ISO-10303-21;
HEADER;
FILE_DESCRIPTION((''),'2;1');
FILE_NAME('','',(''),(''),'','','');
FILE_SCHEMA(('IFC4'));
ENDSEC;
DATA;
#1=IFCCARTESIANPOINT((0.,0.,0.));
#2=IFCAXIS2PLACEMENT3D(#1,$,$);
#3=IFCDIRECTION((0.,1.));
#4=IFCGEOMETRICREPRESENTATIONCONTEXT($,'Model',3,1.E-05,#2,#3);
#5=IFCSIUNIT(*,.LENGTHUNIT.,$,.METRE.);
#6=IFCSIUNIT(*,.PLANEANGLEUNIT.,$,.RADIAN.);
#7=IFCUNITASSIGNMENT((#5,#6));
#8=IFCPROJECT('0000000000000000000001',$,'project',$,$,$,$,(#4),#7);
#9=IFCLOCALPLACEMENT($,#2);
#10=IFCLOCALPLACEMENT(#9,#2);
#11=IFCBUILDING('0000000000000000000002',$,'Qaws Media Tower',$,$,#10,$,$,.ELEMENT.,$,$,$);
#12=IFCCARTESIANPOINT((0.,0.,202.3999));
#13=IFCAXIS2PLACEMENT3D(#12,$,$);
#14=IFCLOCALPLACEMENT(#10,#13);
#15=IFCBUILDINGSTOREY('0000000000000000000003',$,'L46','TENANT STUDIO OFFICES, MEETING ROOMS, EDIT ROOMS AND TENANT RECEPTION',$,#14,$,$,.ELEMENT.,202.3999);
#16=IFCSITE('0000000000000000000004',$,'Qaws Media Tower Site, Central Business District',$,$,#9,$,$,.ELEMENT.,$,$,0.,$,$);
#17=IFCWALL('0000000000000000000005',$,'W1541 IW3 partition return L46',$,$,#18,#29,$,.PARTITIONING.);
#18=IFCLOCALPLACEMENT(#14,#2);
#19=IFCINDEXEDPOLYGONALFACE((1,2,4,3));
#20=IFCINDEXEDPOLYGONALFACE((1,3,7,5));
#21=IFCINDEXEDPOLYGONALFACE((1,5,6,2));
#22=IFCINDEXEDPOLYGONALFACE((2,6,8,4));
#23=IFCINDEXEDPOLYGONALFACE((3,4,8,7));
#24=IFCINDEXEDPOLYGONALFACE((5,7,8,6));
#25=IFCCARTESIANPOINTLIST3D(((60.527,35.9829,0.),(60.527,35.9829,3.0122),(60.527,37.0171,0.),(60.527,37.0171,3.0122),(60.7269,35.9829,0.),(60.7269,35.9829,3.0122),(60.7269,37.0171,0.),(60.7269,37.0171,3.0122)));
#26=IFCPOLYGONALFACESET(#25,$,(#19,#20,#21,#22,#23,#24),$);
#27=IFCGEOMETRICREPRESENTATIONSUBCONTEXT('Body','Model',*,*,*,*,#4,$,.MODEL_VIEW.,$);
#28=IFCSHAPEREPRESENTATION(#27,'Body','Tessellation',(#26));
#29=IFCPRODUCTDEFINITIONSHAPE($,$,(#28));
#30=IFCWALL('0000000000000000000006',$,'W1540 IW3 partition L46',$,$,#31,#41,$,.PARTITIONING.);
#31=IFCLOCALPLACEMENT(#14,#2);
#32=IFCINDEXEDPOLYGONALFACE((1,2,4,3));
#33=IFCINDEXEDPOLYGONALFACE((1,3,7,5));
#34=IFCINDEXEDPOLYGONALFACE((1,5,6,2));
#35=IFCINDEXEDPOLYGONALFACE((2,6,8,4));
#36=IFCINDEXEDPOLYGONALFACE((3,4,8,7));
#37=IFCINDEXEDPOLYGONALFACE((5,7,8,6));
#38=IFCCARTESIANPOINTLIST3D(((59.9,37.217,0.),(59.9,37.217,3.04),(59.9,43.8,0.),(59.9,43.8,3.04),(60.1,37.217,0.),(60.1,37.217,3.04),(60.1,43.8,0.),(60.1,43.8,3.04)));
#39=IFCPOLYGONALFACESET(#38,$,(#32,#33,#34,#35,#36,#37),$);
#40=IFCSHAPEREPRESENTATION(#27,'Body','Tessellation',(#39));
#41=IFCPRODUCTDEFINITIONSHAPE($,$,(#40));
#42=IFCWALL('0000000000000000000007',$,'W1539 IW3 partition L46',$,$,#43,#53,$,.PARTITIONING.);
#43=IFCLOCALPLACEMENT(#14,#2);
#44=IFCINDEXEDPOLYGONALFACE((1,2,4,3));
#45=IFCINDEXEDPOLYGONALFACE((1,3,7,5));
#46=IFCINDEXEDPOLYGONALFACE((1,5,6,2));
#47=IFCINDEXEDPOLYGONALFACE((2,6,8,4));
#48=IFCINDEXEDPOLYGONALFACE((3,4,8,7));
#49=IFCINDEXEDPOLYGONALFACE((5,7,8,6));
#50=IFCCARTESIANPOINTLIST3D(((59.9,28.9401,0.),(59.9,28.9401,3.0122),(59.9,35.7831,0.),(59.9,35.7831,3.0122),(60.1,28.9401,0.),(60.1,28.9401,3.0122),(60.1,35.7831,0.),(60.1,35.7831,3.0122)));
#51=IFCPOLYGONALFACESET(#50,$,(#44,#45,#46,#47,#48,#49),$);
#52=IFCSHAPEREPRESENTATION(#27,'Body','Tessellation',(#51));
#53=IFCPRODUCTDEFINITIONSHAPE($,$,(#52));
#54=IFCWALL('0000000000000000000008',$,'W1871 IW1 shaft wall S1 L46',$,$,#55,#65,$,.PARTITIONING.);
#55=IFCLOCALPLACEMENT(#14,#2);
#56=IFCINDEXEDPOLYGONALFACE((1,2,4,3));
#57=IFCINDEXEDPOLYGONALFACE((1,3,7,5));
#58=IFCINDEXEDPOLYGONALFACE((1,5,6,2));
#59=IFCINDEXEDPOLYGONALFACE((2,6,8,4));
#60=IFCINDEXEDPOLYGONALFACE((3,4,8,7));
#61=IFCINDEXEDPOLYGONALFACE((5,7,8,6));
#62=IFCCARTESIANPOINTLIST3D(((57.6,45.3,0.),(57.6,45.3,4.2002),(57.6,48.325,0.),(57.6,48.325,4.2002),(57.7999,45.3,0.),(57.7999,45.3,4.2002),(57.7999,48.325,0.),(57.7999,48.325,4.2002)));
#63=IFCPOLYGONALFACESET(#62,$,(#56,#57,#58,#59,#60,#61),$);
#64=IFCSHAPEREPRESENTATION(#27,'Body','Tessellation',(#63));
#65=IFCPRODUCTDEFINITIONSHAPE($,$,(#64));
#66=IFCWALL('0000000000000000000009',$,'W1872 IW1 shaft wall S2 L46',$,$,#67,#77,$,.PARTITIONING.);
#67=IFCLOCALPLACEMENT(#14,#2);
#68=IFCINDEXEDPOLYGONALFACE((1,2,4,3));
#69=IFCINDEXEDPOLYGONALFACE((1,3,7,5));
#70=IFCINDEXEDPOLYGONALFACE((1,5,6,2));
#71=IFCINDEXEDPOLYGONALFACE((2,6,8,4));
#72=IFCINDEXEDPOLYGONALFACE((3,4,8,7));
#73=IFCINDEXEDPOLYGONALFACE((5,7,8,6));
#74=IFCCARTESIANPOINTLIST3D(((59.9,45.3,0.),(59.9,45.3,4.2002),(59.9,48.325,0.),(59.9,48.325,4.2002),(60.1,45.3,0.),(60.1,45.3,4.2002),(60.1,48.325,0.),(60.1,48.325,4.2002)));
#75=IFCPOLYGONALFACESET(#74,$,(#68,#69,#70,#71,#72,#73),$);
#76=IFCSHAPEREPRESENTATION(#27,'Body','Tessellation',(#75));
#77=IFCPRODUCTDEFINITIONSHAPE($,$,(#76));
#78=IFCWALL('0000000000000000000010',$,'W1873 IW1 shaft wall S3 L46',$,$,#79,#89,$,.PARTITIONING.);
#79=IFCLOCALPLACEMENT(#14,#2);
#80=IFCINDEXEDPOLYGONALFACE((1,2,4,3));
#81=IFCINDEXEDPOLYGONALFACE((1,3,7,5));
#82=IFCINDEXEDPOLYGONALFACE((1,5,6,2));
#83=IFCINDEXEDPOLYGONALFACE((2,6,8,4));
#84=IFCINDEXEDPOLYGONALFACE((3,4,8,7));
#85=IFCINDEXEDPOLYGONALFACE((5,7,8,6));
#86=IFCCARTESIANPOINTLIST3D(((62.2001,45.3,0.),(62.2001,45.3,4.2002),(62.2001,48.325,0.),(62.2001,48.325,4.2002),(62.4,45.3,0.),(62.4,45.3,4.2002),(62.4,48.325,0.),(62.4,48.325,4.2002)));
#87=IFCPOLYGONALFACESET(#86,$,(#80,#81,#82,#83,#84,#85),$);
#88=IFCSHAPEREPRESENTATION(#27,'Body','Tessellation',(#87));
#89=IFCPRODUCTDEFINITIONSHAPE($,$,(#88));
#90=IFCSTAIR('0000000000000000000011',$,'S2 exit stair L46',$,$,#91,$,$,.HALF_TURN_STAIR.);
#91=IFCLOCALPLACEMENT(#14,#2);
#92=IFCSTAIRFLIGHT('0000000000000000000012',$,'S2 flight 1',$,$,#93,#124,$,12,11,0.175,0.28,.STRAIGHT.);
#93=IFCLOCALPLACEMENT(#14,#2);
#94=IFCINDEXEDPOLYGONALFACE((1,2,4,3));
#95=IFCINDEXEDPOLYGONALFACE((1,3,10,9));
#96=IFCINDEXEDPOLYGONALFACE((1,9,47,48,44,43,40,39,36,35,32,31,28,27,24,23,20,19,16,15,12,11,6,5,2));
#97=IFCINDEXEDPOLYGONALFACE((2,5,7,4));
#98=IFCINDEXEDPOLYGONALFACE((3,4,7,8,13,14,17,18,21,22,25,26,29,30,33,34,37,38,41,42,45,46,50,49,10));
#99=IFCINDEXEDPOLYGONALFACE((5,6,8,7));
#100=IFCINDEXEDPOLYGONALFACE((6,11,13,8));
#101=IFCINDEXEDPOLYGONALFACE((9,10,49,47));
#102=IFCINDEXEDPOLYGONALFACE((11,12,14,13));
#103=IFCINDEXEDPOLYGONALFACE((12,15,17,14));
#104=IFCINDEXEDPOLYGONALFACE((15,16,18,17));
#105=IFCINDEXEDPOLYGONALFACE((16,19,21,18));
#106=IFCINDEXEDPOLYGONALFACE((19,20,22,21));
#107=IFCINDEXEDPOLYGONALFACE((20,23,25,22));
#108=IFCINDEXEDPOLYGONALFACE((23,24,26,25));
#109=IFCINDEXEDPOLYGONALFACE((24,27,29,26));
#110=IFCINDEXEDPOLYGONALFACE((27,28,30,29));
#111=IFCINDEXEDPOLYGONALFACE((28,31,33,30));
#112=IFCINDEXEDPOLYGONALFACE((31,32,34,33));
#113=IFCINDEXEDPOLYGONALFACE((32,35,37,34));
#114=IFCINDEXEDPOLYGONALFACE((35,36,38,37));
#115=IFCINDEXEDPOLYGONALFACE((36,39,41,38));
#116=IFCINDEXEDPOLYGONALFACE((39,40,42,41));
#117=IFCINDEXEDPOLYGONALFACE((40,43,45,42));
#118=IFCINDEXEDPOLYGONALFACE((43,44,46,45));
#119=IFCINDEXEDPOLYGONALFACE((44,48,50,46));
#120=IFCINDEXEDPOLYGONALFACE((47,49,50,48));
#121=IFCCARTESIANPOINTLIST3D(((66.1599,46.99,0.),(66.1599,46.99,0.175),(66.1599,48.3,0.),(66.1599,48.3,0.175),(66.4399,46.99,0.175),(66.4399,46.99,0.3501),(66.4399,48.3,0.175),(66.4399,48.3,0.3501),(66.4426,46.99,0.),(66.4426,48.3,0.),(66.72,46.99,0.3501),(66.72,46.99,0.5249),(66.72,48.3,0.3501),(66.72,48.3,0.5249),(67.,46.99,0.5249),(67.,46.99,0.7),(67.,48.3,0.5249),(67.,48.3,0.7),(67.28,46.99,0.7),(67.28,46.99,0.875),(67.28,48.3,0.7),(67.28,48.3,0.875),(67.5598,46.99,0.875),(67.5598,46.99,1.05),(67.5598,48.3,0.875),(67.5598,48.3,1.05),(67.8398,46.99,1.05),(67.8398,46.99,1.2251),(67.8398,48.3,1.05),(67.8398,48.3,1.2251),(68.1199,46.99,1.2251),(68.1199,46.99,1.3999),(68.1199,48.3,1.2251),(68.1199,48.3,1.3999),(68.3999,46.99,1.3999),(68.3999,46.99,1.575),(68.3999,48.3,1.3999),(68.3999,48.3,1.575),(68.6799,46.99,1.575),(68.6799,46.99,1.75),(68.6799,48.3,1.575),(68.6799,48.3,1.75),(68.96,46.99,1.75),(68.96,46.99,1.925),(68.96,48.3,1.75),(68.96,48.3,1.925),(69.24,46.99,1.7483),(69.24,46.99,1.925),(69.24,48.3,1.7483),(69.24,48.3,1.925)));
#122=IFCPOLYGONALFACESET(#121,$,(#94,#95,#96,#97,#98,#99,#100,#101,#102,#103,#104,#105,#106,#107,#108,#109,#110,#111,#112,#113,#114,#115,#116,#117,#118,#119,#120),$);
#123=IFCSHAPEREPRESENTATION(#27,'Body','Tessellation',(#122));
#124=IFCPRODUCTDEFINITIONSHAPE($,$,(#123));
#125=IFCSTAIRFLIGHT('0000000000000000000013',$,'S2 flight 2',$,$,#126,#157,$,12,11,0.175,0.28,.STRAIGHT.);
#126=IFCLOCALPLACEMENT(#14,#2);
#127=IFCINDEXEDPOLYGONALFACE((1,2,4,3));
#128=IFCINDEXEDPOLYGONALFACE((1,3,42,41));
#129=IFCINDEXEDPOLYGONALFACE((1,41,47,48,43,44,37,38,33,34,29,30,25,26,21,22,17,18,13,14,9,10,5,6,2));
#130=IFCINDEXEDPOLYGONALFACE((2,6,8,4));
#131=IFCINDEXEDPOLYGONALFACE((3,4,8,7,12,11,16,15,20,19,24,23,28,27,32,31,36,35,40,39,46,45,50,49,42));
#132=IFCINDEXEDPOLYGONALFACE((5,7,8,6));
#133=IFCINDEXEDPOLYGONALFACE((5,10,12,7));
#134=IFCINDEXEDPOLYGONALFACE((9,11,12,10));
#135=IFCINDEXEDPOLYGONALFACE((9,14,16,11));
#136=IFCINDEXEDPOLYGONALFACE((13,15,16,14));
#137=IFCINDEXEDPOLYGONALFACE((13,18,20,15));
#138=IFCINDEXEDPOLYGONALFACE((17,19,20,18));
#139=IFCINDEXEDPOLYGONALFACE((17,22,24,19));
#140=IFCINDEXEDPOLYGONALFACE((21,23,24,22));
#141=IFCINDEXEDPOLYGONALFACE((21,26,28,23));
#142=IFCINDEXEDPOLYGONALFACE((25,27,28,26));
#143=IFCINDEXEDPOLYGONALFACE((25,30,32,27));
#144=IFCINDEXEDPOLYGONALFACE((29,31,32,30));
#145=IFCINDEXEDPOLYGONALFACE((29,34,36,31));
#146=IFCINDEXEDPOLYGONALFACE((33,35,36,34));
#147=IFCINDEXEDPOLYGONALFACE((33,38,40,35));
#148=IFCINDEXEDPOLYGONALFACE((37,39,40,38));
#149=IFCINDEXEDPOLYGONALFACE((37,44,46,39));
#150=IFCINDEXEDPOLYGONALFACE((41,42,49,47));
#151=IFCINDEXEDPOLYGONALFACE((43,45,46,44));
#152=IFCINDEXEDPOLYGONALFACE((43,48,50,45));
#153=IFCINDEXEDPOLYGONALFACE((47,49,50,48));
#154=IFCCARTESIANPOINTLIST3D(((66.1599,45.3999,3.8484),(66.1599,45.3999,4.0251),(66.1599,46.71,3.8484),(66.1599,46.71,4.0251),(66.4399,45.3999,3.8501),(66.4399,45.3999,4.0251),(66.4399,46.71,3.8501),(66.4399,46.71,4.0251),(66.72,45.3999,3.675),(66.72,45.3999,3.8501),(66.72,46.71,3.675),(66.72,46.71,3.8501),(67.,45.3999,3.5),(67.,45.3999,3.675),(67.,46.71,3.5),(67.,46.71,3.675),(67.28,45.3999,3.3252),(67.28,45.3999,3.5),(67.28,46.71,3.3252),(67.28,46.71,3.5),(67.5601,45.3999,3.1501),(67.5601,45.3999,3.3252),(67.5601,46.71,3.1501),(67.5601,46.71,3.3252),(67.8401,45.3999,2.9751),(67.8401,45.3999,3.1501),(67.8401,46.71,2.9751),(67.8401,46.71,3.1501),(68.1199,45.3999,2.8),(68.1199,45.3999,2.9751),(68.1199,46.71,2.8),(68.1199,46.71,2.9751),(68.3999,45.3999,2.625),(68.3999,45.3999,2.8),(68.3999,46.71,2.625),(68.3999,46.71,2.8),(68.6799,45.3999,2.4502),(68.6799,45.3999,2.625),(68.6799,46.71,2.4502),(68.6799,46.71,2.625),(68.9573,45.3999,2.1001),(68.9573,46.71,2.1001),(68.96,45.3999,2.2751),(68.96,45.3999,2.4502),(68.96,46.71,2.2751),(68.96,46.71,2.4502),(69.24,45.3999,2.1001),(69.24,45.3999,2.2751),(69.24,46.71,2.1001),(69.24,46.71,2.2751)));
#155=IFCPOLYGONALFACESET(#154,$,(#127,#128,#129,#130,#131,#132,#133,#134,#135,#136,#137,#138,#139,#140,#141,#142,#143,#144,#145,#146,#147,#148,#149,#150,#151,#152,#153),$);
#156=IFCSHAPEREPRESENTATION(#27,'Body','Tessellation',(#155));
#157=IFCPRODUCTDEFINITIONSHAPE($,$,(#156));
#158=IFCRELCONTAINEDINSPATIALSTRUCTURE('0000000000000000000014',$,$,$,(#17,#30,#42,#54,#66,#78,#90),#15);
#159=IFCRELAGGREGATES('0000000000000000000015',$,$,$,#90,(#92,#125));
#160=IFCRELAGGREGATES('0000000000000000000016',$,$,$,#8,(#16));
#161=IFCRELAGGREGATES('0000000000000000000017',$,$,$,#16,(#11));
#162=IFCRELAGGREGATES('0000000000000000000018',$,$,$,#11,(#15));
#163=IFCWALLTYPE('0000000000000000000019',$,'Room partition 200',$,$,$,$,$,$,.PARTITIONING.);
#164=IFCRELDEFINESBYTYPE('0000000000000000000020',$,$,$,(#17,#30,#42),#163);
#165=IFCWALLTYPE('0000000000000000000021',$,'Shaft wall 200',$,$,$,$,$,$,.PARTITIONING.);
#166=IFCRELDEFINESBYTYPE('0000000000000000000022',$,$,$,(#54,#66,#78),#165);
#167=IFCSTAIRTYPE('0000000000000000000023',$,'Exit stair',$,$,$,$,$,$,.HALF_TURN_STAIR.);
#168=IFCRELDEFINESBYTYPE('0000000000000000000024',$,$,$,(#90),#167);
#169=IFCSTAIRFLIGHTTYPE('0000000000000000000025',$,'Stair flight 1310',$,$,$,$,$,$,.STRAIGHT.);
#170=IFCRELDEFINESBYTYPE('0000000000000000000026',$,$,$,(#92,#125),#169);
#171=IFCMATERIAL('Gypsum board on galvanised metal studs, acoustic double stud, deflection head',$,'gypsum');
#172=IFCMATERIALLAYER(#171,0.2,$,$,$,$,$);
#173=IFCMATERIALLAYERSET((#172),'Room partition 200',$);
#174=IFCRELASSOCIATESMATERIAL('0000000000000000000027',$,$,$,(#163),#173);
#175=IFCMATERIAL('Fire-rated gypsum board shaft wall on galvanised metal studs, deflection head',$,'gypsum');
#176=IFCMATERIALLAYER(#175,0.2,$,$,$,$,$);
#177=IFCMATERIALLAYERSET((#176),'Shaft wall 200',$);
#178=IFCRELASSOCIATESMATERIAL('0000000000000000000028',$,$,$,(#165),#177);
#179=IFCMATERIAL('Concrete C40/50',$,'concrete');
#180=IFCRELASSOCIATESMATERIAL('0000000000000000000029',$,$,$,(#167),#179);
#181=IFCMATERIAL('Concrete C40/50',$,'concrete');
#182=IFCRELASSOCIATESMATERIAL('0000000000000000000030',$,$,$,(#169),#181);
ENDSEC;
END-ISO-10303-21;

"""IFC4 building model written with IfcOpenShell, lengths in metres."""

from ifc_helpers import new_model, si_unit, direction, frame, frame_2d, origin, place, context, subcontext, project, spatial, polyline, rectangle, outline, extrude, material, layer, layer_set, type_object, element, aggregate, save


model = new_model("IFC4")

# Units and contexts
model_context = context("Model", 3, precision=1e-05, world=origin(), true_north=direction((0.0, 1.0)))
body_context = subcontext(model_context, "Body", "Model", "MODEL_VIEW")
ifc_project = project(units=[si_unit("LENGTHUNIT", "METRE"), si_unit("PLANEANGLEUNIT", "RADIAN")], contexts=[model_context])

# Site, building, storey
site_placement = place(None, origin())
site = spatial("IfcSite", under=ifc_project, at=site_placement, Name="Qaws Media Tower Site, Central Business District", CompositionType="ELEMENT", RefElevation=0.0)
building_placement = place(site_placement, origin())
building = spatial("IfcBuilding", under=site, at=building_placement, Name="Qaws Media Tower", CompositionType="ELEMENT")
storey_placement = place(building_placement, frame((0.0, 0.0, 202.3999)))
storey = spatial("IfcBuildingStorey", under=building, at=storey_placement, Name="L46", Description="TENANT STUDIO OFFICES, MEETING ROOMS, EDIT ROOMS AND TENANT RECEPTION", CompositionType="ELEMENT", Elevation=202.3999)

# Walls
ifc_material_1 = material(Name="Gypsum board on galvanised metal studs, acoustic double stud, deflection head", Category="gypsum")
ifc_layer_1 = layer(ifc_material_1, 0.2)
ifc_layer_set_1 = layer_set([ifc_layer_1], Name="Room partition 200")
wall_type_1 = type_object("IfcWallType", Name="Room partition 200", PredefinedType="PARTITIONING", material=ifc_layer_set_1)
wall_1_placement = place(storey_placement, frame((60.627, 37.0171, 0.0), z_axis=(0.0, 0.0, 1.0), x_axis=(0.0, -1.0, 0.0)))
element("IfcWall", 1, at=wall_1_placement, inside=storey, type_object=wall_type_1, Name="W1541 IW3 partition return L46", PredefinedType="PARTITIONING", context=body_context, shape_type="SweptSolid", body=[
    extrude(rectangle(XDim=1.0342, YDim=0.2, at=frame_2d((0.5171, 0.0))), origin(), (0.0, 0.0, 1.0), 3.0122),
])
wall_2_placement = place(storey_placement, frame((60.0, 43.8, 0.0), z_axis=(0.0, 0.0, 1.0), x_axis=(0.0, -1.0, 0.0)))
element("IfcWall", 2, at=wall_2_placement, inside=storey, type_object=wall_type_1, Name="W1540 IW3 partition L46", PredefinedType="PARTITIONING", context=body_context, shape_type="SweptSolid", body=[
    extrude(rectangle(XDim=6.583, YDim=0.2, at=frame_2d((3.2915, 0.0))), origin(), (0.0, 0.0, 1.0), 3.04),
])
wall_3_placement = place(storey_placement, frame((60.0, 35.783, 0.0), z_axis=(0.0, 0.0, 1.0), x_axis=(0.0, -1.0, 0.0)))
element("IfcWall", 3, at=wall_3_placement, inside=storey, type_object=wall_type_1, Name="W1539 IW3 partition L46", PredefinedType="PARTITIONING", context=body_context, shape_type="SweptSolid", body=[
    extrude(rectangle(XDim=6.843, YDim=0.2, at=frame_2d((3.4214, 0.0))), origin(), (0.0, 0.0, 1.0), 3.0122),
])
ifc_material_2 = material(Name="Fire-rated gypsum board shaft wall on galvanised metal studs, deflection head", Category="gypsum")
ifc_layer_2 = layer(ifc_material_2, 0.2)
ifc_layer_set_2 = layer_set([ifc_layer_2], Name="Shaft wall 200")
wall_type_2 = type_object("IfcWallType", Name="Shaft wall 200", PredefinedType="PARTITIONING", material=ifc_layer_set_2)
for number, where, z_axis, x_axis, name in (
    (4, (57.7, 45.3, 0.0), (0.0, 0.0, 1.0), (0.0, 1.0, 0.0), "W1871 IW1 shaft wall S1 L46"),
    (5, (60.0, 45.3, 0.0), (0.0, 0.0, 1.0), (0.0, 1.0, 0.0), "W1872 IW1 shaft wall S2 L46"),
    (6, (62.3, 45.3, 0.0), (0.0, 0.0, 1.0), (0.0, 1.0, 0.0), "W1873 IW1 shaft wall S3 L46"),
):
    element("IfcWall", number, at=place(storey_placement, frame(where, z_axis=z_axis, x_axis=x_axis)), inside=storey, type_object=wall_type_2, Name=name, PredefinedType="PARTITIONING", context=body_context, shape_type="SweptSolid", body=[
        extrude(rectangle(XDim=3.0249, YDim=0.2, at=frame_2d((1.5125, 0.0))), origin(), (0.0, 0.0, 1.0), 4.2002),
    ])

# Stair, stair flights
ifc_material_3 = material(Name="Concrete C40/50", Category="concrete")
stair_type = type_object("IfcStairType", Name="Exit stair", PredefinedType="HALF_TURN_STAIR", material=ifc_material_3)
stair_placement = place(storey_placement, origin())
stair = element("IfcStair", 7, at=stair_placement, inside=storey, type_object=stair_type, Name="S2 exit stair L46", PredefinedType="HALF_TURN_STAIR")
ifc_material_4 = material(Name="Concrete C40/50", Category="concrete")
stair_flight_type = type_object("IfcStairFlightType", Name="Stair flight 1310", PredefinedType="STRAIGHT", material=ifc_material_4)
stair_flight_1_placement = place(storey_placement, frame((66.1599, 47.645, 0.0), z_axis=(0.0, 0.0, 1.0), x_axis=(1.0, 0.0, 0.0)))
stair_flight_1 = element("IfcStairFlight", 8, at=stair_flight_1_placement, type_object=stair_flight_type, Name="S2 flight 1", NumberOfRisers=12, NumberOfTreads=11, PredefinedType="STRAIGHT", RiserHeight=0.175, TreadLength=0.28, context=body_context, shape_type="SweptSolid", body=[
    extrude(outline(polyline([(0.0, 0.0), (0.0, 0.175), (0.28, 0.175), (0.28, 0.3501), (0.5601, 0.3501), (0.5601, 0.5249), (0.8401, 0.5249), (0.8401, 0.7), (1.1201, 0.7), (1.1201, 0.875), (1.3999, 0.875), (1.3999, 1.05), (1.6799, 1.05), (1.6799, 1.2251), (1.96, 1.2251), (1.96, 1.3999), (2.24, 1.3999), (2.24, 1.575), (2.52, 1.575), (2.52, 1.75), (2.8, 1.75), (2.8, 1.925), (3.0801, 1.925), (3.0801, 2.1001), (3.0801, 1.7483), (0.2827, 0.0), (0.0, 0.0)])), frame((0.0, 0.655, 0.0), z_axis=(0.0, -1.0, 0.0), x_axis=(1.0, 0.0, 0.0)), (0.0, 0.0, 1.0), 1.3101),
])
stair_flight_2_placement = place(storey_placement, frame((69.24, 46.0549, 2.1001), z_axis=(0.0, 0.0, 1.0), x_axis=(-1.0, 0.0, 0.0)))
stair_flight_2 = element("IfcStairFlight", 9, at=stair_flight_2_placement, type_object=stair_flight_type, Name="S2 flight 2", NumberOfRisers=12, NumberOfTreads=11, PredefinedType="STRAIGHT", RiserHeight=0.175, TreadLength=0.28, context=body_context, shape_type="SweptSolid", body=[
    extrude(outline(polyline([(0.0, 0.0), (0.0, 0.175), (0.28, 0.175), (0.28, 0.3501), (0.5601, 0.3501), (0.5601, 0.5249), (0.8401, 0.5249), (0.8401, 0.7), (1.1201, 0.7), (1.1201, 0.875), (1.3999, 0.875), (1.3999, 1.05), (1.6799, 1.05), (1.6799, 1.2251), (1.96, 1.2251), (1.96, 1.3999), (2.24, 1.3999), (2.24, 1.575), (2.52, 1.575), (2.52, 1.75), (2.8, 1.75), (2.8, 1.925), (3.0801, 1.925), (3.0801, 2.1001), (3.0801, 1.7483), (0.2827, 0.0), (0.0, 0.0)])), frame((0.0, 0.655, 0.0), z_axis=(0.0, -1.0, 0.0), x_axis=(1.0, 0.0, 0.0)), (0.0, 0.0, 1.0), 1.3101),
])
aggregate(stair, [stair_flight_1, stair_flight_2])

save(model, "model.ifc")
